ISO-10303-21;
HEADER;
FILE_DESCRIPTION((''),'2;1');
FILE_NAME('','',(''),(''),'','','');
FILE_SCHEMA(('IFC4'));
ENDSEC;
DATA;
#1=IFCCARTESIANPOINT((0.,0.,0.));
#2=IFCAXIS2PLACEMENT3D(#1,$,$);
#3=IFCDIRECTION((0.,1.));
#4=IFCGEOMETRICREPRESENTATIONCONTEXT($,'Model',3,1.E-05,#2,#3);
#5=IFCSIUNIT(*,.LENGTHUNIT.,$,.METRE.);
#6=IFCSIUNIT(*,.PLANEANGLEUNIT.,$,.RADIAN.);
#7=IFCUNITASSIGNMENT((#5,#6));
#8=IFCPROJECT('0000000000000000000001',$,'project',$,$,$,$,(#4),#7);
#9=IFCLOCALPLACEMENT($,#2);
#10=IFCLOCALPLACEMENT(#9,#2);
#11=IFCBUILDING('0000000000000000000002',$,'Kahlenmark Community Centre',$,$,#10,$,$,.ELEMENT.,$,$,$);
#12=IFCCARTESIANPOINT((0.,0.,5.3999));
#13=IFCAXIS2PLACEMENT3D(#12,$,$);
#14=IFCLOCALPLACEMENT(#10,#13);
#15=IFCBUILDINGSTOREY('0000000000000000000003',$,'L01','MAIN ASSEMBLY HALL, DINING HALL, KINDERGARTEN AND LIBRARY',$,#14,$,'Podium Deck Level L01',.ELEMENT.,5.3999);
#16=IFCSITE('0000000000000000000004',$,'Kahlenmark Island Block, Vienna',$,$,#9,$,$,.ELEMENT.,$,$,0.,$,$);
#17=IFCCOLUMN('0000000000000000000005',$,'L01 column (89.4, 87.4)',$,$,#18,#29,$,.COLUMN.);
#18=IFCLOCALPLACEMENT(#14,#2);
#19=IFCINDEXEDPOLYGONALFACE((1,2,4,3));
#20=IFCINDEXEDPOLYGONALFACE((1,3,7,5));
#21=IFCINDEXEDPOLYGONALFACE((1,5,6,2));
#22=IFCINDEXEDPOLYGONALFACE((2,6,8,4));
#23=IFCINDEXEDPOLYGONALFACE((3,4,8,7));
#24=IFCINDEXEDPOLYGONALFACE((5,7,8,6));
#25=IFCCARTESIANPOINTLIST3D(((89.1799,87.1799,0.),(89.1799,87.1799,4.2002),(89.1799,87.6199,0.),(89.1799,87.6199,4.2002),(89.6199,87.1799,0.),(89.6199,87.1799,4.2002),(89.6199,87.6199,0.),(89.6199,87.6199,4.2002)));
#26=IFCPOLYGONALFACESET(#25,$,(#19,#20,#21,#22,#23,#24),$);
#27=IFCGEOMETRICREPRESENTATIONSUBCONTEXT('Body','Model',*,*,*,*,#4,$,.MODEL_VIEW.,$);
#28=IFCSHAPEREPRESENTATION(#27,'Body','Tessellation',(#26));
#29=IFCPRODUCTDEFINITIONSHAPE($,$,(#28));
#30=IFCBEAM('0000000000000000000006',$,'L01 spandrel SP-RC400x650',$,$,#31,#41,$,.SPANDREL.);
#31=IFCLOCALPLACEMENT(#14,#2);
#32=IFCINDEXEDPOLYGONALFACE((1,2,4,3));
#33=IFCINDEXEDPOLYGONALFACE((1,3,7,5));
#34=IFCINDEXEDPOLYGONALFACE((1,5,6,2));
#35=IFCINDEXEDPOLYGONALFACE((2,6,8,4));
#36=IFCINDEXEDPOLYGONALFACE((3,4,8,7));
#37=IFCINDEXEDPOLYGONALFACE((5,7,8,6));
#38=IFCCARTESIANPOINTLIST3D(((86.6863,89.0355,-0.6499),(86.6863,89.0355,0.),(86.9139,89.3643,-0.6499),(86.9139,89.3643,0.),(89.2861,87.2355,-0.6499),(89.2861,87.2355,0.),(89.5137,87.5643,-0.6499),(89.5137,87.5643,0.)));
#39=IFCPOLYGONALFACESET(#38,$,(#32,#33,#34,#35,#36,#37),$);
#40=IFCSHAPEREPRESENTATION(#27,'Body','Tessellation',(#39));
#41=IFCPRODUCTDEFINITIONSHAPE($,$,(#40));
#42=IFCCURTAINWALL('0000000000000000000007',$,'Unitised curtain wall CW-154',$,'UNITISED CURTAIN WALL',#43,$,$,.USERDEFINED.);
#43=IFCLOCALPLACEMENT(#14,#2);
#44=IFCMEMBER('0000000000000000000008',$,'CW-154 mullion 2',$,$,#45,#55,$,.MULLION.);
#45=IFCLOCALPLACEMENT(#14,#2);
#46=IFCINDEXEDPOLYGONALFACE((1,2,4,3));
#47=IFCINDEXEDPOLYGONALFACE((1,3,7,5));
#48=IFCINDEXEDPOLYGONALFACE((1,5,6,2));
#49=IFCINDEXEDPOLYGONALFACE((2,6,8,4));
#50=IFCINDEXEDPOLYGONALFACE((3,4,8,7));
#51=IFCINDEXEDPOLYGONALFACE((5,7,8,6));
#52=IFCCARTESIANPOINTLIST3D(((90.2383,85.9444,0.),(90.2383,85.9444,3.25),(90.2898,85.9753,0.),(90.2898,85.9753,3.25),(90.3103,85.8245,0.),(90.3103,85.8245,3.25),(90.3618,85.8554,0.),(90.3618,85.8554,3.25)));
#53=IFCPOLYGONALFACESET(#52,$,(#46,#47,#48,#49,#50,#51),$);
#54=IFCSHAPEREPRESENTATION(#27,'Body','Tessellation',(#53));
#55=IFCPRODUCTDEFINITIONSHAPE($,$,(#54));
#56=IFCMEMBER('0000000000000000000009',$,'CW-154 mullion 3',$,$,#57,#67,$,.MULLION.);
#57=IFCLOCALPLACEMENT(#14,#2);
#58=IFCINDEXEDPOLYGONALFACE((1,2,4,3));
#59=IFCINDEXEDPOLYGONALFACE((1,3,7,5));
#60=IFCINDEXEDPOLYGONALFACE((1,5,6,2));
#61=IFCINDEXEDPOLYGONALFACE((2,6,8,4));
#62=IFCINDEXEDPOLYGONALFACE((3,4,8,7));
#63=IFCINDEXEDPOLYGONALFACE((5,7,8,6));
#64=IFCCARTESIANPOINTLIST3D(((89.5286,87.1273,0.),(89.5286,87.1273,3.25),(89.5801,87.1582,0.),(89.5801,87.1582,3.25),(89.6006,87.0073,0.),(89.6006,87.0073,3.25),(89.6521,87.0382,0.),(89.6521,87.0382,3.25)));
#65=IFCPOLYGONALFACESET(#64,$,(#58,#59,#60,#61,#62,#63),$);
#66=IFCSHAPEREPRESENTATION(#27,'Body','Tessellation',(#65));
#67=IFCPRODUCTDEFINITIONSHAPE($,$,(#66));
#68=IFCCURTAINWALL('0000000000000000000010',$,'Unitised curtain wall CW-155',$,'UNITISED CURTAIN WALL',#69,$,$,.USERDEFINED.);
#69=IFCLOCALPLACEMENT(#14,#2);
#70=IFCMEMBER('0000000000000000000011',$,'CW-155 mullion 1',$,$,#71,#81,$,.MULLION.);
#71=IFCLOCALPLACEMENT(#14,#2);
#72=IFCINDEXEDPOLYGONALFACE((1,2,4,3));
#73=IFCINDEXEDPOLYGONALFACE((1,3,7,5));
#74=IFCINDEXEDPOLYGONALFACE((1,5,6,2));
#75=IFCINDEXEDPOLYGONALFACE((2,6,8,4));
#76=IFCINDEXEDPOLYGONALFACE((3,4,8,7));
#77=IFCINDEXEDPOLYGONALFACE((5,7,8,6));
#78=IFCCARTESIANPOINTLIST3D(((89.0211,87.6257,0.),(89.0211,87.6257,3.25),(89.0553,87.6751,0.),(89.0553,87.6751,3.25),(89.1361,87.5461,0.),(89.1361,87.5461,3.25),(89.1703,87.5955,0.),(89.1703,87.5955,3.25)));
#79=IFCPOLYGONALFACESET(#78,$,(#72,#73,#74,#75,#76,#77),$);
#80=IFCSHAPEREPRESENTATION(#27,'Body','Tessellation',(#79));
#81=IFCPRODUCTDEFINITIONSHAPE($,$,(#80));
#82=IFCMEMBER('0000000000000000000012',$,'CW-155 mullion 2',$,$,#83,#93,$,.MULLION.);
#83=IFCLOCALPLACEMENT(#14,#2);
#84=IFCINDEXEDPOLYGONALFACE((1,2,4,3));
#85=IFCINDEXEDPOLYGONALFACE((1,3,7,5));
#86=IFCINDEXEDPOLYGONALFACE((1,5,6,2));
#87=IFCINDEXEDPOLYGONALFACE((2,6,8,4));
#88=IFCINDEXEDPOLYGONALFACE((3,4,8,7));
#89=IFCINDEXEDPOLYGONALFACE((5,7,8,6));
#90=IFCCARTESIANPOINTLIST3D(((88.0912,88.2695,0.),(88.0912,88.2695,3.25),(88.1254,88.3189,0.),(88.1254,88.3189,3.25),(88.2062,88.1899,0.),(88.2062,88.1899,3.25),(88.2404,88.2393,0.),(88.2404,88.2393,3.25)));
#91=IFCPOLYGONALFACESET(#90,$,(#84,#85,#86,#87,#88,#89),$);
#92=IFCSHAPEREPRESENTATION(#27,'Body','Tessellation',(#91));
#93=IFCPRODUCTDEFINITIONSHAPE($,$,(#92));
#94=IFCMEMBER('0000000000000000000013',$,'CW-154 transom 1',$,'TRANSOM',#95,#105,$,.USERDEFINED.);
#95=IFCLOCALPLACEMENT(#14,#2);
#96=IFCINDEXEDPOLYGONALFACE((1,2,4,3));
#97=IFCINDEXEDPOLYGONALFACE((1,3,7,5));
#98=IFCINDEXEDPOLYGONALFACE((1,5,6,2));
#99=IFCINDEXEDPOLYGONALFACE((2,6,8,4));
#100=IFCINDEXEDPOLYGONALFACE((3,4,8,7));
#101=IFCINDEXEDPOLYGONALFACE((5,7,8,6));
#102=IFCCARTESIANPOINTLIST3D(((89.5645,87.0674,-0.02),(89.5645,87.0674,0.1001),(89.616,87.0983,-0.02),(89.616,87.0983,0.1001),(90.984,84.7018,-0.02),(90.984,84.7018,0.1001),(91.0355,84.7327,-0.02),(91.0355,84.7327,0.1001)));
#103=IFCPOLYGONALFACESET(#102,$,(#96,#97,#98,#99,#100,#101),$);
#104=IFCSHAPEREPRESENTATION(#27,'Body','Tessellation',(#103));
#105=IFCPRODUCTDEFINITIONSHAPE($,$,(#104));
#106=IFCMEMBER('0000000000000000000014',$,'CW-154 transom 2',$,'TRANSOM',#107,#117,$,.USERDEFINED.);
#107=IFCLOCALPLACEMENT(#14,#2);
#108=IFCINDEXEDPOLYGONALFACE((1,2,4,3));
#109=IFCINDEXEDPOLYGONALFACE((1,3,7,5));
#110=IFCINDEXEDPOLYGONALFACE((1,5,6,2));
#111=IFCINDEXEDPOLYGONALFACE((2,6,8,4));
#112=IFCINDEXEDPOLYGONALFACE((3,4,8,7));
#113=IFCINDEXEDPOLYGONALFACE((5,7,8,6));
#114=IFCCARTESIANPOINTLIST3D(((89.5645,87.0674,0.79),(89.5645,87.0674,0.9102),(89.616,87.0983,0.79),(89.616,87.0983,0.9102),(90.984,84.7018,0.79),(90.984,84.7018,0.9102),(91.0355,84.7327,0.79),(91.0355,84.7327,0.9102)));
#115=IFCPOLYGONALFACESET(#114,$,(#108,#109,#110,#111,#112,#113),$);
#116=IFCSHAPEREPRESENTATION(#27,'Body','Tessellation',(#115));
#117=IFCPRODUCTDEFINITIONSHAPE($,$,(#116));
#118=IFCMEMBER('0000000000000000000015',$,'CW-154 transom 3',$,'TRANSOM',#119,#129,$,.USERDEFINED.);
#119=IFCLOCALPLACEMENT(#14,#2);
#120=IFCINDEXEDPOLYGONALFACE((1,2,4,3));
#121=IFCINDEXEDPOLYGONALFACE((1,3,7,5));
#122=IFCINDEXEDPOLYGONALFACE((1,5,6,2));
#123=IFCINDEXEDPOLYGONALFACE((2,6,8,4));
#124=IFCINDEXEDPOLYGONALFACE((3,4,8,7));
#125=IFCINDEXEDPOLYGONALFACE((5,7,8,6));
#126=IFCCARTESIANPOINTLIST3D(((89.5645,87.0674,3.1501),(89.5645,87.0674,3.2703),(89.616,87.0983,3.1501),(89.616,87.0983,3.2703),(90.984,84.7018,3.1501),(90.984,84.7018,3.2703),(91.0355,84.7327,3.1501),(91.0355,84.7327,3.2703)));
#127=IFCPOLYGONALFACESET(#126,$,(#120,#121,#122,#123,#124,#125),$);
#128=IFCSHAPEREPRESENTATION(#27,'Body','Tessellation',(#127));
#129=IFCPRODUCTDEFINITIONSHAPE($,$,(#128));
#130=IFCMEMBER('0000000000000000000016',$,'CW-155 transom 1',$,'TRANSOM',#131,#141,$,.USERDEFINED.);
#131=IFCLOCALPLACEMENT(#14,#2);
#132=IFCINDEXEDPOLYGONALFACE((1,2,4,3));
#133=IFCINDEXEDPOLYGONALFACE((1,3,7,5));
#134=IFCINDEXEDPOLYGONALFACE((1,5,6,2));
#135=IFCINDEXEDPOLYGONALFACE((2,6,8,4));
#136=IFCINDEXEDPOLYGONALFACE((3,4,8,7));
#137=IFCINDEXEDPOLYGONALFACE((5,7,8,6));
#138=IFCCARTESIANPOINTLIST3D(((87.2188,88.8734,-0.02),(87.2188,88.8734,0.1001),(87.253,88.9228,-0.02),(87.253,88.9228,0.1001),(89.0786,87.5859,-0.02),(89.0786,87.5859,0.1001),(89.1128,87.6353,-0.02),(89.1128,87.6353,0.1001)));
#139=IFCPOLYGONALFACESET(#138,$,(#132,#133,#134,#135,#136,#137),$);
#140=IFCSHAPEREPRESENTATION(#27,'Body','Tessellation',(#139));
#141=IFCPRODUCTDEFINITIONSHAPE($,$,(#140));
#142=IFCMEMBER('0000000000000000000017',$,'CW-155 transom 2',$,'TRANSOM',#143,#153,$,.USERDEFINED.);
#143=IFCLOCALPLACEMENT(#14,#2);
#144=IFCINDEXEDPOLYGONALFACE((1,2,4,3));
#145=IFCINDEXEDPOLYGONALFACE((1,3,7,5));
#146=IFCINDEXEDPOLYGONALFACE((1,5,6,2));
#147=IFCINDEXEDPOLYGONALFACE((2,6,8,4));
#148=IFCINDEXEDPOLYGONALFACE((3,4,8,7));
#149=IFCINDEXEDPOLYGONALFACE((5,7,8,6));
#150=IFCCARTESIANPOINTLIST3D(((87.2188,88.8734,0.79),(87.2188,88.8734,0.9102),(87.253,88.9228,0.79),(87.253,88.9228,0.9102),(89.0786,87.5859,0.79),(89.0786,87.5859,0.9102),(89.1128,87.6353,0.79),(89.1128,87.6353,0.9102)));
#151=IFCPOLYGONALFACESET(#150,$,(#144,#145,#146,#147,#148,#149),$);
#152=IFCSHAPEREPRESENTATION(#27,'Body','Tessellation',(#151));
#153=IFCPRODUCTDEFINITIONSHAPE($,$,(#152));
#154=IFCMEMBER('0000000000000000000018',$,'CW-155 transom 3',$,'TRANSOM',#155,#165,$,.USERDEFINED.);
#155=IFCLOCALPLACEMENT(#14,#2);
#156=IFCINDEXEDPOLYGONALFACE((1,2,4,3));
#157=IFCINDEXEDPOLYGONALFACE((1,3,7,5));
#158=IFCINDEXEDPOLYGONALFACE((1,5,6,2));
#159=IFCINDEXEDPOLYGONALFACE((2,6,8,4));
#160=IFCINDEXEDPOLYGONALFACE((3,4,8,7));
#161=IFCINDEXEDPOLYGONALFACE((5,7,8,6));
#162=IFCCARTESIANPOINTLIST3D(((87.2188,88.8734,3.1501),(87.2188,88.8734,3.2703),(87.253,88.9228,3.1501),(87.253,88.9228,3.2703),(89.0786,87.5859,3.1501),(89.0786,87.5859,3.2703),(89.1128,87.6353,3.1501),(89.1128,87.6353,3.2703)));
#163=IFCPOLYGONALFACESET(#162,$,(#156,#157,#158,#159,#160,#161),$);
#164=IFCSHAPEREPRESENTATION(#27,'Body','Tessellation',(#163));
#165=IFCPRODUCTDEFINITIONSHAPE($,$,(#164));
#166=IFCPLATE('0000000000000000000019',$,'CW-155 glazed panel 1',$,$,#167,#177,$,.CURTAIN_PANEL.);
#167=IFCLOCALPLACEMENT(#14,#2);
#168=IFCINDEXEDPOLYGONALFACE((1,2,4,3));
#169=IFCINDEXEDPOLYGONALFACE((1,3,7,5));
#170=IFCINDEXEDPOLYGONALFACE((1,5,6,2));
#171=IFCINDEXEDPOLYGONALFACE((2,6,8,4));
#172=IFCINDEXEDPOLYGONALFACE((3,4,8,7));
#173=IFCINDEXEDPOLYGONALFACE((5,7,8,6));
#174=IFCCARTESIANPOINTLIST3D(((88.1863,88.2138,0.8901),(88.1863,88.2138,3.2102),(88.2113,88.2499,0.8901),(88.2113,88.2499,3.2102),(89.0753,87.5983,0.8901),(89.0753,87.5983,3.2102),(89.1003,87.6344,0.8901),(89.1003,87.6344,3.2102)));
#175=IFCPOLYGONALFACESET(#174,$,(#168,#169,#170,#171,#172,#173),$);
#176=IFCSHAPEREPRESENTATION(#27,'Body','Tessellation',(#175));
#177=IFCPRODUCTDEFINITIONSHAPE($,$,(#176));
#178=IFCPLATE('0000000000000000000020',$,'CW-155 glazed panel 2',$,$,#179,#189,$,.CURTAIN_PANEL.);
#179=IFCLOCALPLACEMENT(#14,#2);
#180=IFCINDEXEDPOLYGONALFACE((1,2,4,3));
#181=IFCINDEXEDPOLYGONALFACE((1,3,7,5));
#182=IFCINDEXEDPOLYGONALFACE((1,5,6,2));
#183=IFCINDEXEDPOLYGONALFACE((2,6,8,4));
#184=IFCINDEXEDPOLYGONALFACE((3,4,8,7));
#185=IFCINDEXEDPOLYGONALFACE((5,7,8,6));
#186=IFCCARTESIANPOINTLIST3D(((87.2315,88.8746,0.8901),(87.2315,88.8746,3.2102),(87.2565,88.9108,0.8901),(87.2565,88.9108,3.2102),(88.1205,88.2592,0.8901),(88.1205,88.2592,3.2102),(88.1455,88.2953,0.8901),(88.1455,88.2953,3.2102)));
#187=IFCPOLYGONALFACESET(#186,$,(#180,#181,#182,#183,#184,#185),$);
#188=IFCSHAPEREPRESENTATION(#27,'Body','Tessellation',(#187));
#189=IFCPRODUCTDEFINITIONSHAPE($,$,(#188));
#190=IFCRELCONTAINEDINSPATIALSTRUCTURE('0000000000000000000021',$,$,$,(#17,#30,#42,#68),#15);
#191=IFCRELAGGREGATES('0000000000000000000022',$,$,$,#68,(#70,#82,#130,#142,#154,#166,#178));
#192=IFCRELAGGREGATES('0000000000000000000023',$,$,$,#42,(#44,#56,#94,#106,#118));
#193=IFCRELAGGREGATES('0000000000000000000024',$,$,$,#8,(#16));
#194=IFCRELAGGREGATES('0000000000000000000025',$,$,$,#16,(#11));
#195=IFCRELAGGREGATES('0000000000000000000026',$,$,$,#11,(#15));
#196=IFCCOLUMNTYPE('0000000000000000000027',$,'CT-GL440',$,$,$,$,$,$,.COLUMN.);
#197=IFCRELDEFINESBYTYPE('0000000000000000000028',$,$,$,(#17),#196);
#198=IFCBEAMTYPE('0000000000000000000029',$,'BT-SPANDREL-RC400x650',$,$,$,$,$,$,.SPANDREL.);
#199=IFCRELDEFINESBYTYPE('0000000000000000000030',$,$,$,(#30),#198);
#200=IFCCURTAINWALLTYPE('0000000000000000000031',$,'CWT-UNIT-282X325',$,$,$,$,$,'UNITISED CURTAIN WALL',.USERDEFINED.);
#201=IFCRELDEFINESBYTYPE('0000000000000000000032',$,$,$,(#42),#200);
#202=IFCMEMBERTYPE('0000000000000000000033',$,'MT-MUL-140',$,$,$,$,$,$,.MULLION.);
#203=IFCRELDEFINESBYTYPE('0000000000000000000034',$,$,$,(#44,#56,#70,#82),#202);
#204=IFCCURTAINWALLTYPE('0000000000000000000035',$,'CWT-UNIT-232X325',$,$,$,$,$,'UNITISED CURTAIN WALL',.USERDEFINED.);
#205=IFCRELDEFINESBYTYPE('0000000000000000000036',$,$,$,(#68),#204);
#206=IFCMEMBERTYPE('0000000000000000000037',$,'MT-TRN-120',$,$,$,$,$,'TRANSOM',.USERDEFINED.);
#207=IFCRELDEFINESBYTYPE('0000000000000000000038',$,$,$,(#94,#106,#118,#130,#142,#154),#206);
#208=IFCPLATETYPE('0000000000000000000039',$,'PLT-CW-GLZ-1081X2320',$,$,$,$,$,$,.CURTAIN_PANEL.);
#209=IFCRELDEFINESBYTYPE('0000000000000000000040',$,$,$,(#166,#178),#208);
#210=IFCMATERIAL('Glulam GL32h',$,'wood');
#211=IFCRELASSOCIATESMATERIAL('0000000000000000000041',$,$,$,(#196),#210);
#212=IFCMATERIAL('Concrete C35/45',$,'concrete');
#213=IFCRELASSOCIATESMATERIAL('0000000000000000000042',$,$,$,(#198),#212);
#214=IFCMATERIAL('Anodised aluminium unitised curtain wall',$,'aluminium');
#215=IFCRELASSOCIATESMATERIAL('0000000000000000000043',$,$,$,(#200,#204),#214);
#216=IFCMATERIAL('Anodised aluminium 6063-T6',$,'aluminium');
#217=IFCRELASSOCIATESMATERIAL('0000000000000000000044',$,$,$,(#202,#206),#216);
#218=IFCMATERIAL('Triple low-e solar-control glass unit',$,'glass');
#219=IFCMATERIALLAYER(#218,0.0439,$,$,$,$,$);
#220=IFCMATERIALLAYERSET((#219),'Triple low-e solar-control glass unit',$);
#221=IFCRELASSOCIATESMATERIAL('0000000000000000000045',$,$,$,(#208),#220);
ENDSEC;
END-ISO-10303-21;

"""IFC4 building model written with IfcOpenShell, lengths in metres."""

from ifc_helpers import new_model, si_unit, direction, frame, origin, origin_2d, place, context, subcontext, project, spatial, rectangle, extrude, material, layer, layer_set, material_profile, profile_set, type_object, element, aggregate, save


model = new_model("IFC4")

# Units and contexts
model_context = context("Model", 3, precision=1e-05, world=origin(), true_north=direction((0.0, 1.0)))
body_context = subcontext(model_context, "Body", "Model", "MODEL_VIEW")
ifc_project = project(units=[si_unit("LENGTHUNIT", "METRE"), si_unit("PLANEANGLEUNIT", "RADIAN")], contexts=[model_context])

# Site, building, storey
site_placement = place(None, origin())
site = spatial("IfcSite", under=ifc_project, at=site_placement, Name="Kahlenmark Island Block, Vienna", CompositionType="ELEMENT", RefElevation=0.0)
building_placement = place(site_placement, origin())
building = spatial("IfcBuilding", under=site, at=building_placement, Name="Kahlenmark Community Centre", CompositionType="ELEMENT")
storey_placement = place(building_placement, frame((0.0, 0.0, 5.3999)))
storey = spatial("IfcBuildingStorey", under=building, at=storey_placement, Name="L01", Description="MAIN ASSEMBLY HALL, DINING HALL, KINDERGARTEN AND LIBRARY", LongName="Podium Deck Level L01", CompositionType="ELEMENT", Elevation=5.3999)

# Column
ifc_material_1 = material(Name="Glulam GL32h", Category="wood")
ifc_material_profile_1 = material_profile(ifc_material_1, rectangle(XDim=0.4399, YDim=0.4399, at=origin_2d()), Name="GL32h 440x440")
ifc_profile_set_1 = profile_set([ifc_material_profile_1], Name="Glulam GL32h")
column_type = type_object("IfcColumnType", Name="CT-GL440", PredefinedType="COLUMN", material=ifc_profile_set_1)
column_placement = place(storey_placement, frame((89.3999, 87.3999, 0.0), z_axis=(0.0, 0.0, 1.0), x_axis=(1.0, 0.0, 0.0)))
element("IfcColumn", 1, at=column_placement, inside=storey, type_object=column_type, Name="L01 column (89.4, 87.4)", PredefinedType="COLUMN", context=body_context, shape_type="SweptSolid", body=[
    extrude(rectangle(XDim=0.4399, YDim=0.4399, at=origin_2d()), origin(), (0.0, 0.0, 1.0), 4.2002),
])

# Beam
ifc_material_2 = material(Name="Concrete C35/45", Category="concrete")
ifc_material_profile_2 = material_profile(ifc_material_2, rectangle(XDim=0.3999, YDim=0.6499, at=origin_2d()), Name="RC 400x650")
ifc_profile_set_2 = profile_set([ifc_material_profile_2], Name="Concrete C35/45")
beam_type = type_object("IfcBeamType", Name="BT-SPANDREL-RC400x650", PredefinedType="SPANDREL", material=ifc_profile_set_2)
beam_placement = place(storey_placement, frame((89.3999, 87.3999, -0.325), z_axis=(-0.82217, 0.569242, 0.0), x_axis=(-0.569242, -0.82217, 0.0)))
element("IfcBeam", 2, at=beam_placement, inside=storey, type_object=beam_type, Name="L01 spandrel SP-RC400x650", PredefinedType="SPANDREL", context=body_context, shape_type="SweptSolid", body=[
    extrude(rectangle(XDim=0.3999, YDim=0.6499, at=origin_2d()), origin(), (0.0, 0.0, 1.0), 3.1621),
])

# Curtain walls, members
ifc_material_3 = material(Name="Anodised aluminium unitised curtain wall", Category="aluminium")
curtain_wall_type_1 = type_object("IfcCurtainWallType", Name="CWT-UNIT-282X325", ElementType="UNITISED CURTAIN WALL", PredefinedType="USERDEFINED", material=ifc_material_3)
curtain_wall_1_placement = place(storey_placement, origin())
curtain_wall_1 = element("IfcCurtainWall", 3, at=curtain_wall_1_placement, inside=storey, type_object=curtain_wall_type_1, Name="Unitised curtain wall CW-154", ObjectType="UNITISED CURTAIN WALL", PredefinedType="USERDEFINED")
ifc_material_4 = material(Name="Anodised aluminium 6063-T6", Category="aluminium")
ifc_material_profile_3 = material_profile(ifc_material_4, rectangle(XDim=0.0601, YDim=0.1399, at=origin_2d()), Name="ALU MULLION 60x140")
ifc_profile_set_3 = profile_set([ifc_material_profile_3], Name="Anodised aluminium 6063-T6")
member_type_1 = type_object("IfcMemberType", Name="MT-MUL-140", PredefinedType="MULLION", material=ifc_profile_set_3)
member_1_placement = place(storey_placement, frame((90.3, 85.8999, 0.0), z_axis=(0.0, 0.0, 1.0), x_axis=(-0.857493, -0.514496, 0.0)))
member_1 = element("IfcMember", 4, at=member_1_placement, type_object=member_type_1, Name="CW-154 mullion 2", PredefinedType="MULLION", context=body_context, shape_type="SweptSolid", body=[
    extrude(rectangle(XDim=0.0601, YDim=0.1399, at=origin_2d()), origin(), (0.0, 0.0, 1.0), 3.25),
])
member_2_placement = place(storey_placement, frame((89.5903, 87.0828, 0.0), z_axis=(0.0, 0.0, 1.0), x_axis=(-0.857493, -0.514496, 0.0)))
member_2 = element("IfcMember", 5, at=member_2_placement, type_object=member_type_1, Name="CW-154 mullion 3", PredefinedType="MULLION", context=body_context, shape_type="SweptSolid", body=[
    extrude(rectangle(XDim=0.0601, YDim=0.1399, at=origin_2d()), origin(), (0.0, 0.0, 1.0), 3.25),
])
curtain_wall_type_2 = type_object("IfcCurtainWallType", Name="CWT-UNIT-232X325", ElementType="UNITISED CURTAIN WALL", PredefinedType="USERDEFINED", material=ifc_material_3)
curtain_wall_2_placement = place(storey_placement, origin())
curtain_wall_2 = element("IfcCurtainWall", 6, at=curtain_wall_2_placement, inside=storey, type_object=curtain_wall_type_2, Name="Unitised curtain wall CW-155", ObjectType="UNITISED CURTAIN WALL", PredefinedType="USERDEFINED")
member_3_placement = place(storey_placement, frame((89.0957, 87.6106, 0.0), z_axis=(0.0, 0.0, 1.0), x_axis=(-0.569212, -0.822191, 0.0)))
member_3 = element("IfcMember", 7, at=member_3_placement, type_object=member_type_1, Name="CW-155 mullion 1", PredefinedType="MULLION", context=body_context, shape_type="SweptSolid", body=[
    extrude(rectangle(XDim=0.0601, YDim=0.1399, at=origin_2d()), origin(), (0.0, 0.0, 1.0), 3.25),
])
member_4_placement = place(storey_placement, frame((88.1658, 88.2544, 0.0), z_axis=(0.0, 0.0, 1.0), x_axis=(-0.569212, -0.822191, 0.0)))
member_4 = element("IfcMember", 8, at=member_4_placement, type_object=member_type_1, Name="CW-155 mullion 2", PredefinedType="MULLION", context=body_context, shape_type="SweptSolid", body=[
    extrude(rectangle(XDim=0.0601, YDim=0.1399, at=origin_2d()), origin(), (0.0, 0.0, 1.0), 3.25),
])

# Members
ifc_material_profile_4 = material_profile(ifc_material_4, rectangle(XDim=0.0601, YDim=0.1201, at=origin_2d()), Name="ALU TRANSOM 60x120")
ifc_profile_set_4 = profile_set([ifc_material_profile_4], Name="Anodised aluminium 6063-T6")
member_type_2 = type_object("IfcMemberType", Name="MT-TRN-120", ElementType="TRANSOM", PredefinedType="USERDEFINED", material=ifc_profile_set_4)
member_5_placement = place(storey_placement, frame((91.0098, 84.7173, 0.04), z_axis=(-0.514535, 0.857469, 0.0), x_axis=(-0.857469, -0.514535, 0.0)))
member_5 = element("IfcMember", 9, at=member_5_placement, type_object=member_type_2, Name="CW-154 transom 1", ObjectType="TRANSOM", PredefinedType="USERDEFINED", context=body_context, shape_type="SweptSolid", body=[
    extrude(rectangle(XDim=0.0601, YDim=0.1201, at=origin_2d()), origin(), (0.0, 0.0, 1.0), 2.7588),
])
member_6_placement = place(storey_placement, frame((91.0098, 84.7173, 0.8501), z_axis=(-0.514535, 0.857469, 0.0), x_axis=(-0.857469, -0.514535, 0.0)))
member_6 = element("IfcMember", 10, at=member_6_placement, type_object=member_type_2, Name="CW-154 transom 2", ObjectType="TRANSOM", PredefinedType="USERDEFINED", context=body_context, shape_type="SweptSolid", body=[
    extrude(rectangle(XDim=0.0601, YDim=0.1201, at=origin_2d()), origin(), (0.0, 0.0, 1.0), 2.7588),
])
member_7_placement = place(storey_placement, frame((91.0098, 84.7173, 3.2102), z_axis=(-0.514535, 0.857469, 0.0), x_axis=(-0.857469, -0.514535, 0.0)))
member_7 = element("IfcMember", 11, at=member_7_placement, type_object=member_type_2, Name="CW-154 transom 3", ObjectType="TRANSOM", PredefinedType="USERDEFINED", context=body_context, shape_type="SweptSolid", body=[
    extrude(rectangle(XDim=0.0601, YDim=0.1201, at=origin_2d()), origin(), (0.0, 0.0, 1.0), 2.7588),
])
member_8_placement = place(storey_placement, frame((89.0957, 87.6106, 0.04), z_axis=(-0.822192, 0.56921, 0.0), x_axis=(-0.56921, -0.822192, 0.0)))
member_8 = element("IfcMember", 12, at=member_8_placement, type_object=member_type_2, Name="CW-155 transom 1", ObjectType="TRANSOM", PredefinedType="USERDEFINED", context=body_context, shape_type="SweptSolid", body=[
    extrude(rectangle(XDim=0.0601, YDim=0.1201, at=origin_2d()), origin(), (0.0, 0.0, 1.0), 2.262),
])
member_9_placement = place(storey_placement, frame((89.0957, 87.6106, 0.8501), z_axis=(-0.822192, 0.56921, 0.0), x_axis=(-0.56921, -0.822192, 0.0)))
member_9 = element("IfcMember", 13, at=member_9_placement, type_object=member_type_2, Name="CW-155 transom 2", ObjectType="TRANSOM", PredefinedType="USERDEFINED", context=body_context, shape_type="SweptSolid", body=[
    extrude(rectangle(XDim=0.0601, YDim=0.1201, at=origin_2d()), origin(), (0.0, 0.0, 1.0), 2.262),
])
member_10_placement = place(storey_placement, frame((89.0957, 87.6106, 3.2102), z_axis=(-0.822192, 0.56921, 0.0), x_axis=(-0.56921, -0.822192, 0.0)))
member_10 = element("IfcMember", 14, at=member_10_placement, type_object=member_type_2, Name="CW-155 transom 3", ObjectType="TRANSOM", PredefinedType="USERDEFINED", context=body_context, shape_type="SweptSolid", body=[
    extrude(rectangle(XDim=0.0601, YDim=0.1201, at=origin_2d()), origin(), (0.0, 0.0, 1.0), 2.262),
])

# Plates
ifc_material_5 = material(Name="Triple low-e solar-control glass unit", Category="glass")
ifc_layer_1 = layer(ifc_material_5, 0.0439)
ifc_layer_set_1 = layer_set([ifc_layer_1], Name="Triple low-e solar-control glass unit")
plate_type_1 = type_object("IfcPlateType", Name="PLT-CW-GLZ-1081X2320", PredefinedType="CURTAIN_PANEL", material=ifc_layer_set_1)
plate_1_placement = place(storey_placement, frame((88.6433, 87.9241, 0.8901), z_axis=(0.0, 0.0, 1.0), x_axis=(-0.822191, 0.569212, 0.0)))
plate_1 = element("IfcPlate", 15, at=plate_1_placement, type_object=plate_type_1, Name="CW-155 glazed panel 1", PredefinedType="CURTAIN_PANEL", context=body_context, shape_type="SweptSolid", body=[
    extrude(rectangle(XDim=1.0813, YDim=0.0439, at=origin_2d()), origin(), (0.0, 0.0, 1.0), 2.3201),
])
plate_2_placement = place(storey_placement, frame((87.6885, 88.585, 0.8901), z_axis=(0.0, 0.0, 1.0), x_axis=(-0.822191, 0.569212, 0.0)))
plate_2 = element("IfcPlate", 16, at=plate_2_placement, type_object=plate_type_1, Name="CW-155 glazed panel 2", PredefinedType="CURTAIN_PANEL", context=body_context, shape_type="SweptSolid", body=[
    extrude(rectangle(XDim=1.0813, YDim=0.0439, at=origin_2d()), origin(), (0.0, 0.0, 1.0), 2.3201),
])
aggregate(curtain_wall_2, [member_3, member_4, member_8, member_9, member_10, plate_1, plate_2])
aggregate(curtain_wall_1, [member_1, member_2, member_5, member_6, member_7])

save(model, "model.ifc")
